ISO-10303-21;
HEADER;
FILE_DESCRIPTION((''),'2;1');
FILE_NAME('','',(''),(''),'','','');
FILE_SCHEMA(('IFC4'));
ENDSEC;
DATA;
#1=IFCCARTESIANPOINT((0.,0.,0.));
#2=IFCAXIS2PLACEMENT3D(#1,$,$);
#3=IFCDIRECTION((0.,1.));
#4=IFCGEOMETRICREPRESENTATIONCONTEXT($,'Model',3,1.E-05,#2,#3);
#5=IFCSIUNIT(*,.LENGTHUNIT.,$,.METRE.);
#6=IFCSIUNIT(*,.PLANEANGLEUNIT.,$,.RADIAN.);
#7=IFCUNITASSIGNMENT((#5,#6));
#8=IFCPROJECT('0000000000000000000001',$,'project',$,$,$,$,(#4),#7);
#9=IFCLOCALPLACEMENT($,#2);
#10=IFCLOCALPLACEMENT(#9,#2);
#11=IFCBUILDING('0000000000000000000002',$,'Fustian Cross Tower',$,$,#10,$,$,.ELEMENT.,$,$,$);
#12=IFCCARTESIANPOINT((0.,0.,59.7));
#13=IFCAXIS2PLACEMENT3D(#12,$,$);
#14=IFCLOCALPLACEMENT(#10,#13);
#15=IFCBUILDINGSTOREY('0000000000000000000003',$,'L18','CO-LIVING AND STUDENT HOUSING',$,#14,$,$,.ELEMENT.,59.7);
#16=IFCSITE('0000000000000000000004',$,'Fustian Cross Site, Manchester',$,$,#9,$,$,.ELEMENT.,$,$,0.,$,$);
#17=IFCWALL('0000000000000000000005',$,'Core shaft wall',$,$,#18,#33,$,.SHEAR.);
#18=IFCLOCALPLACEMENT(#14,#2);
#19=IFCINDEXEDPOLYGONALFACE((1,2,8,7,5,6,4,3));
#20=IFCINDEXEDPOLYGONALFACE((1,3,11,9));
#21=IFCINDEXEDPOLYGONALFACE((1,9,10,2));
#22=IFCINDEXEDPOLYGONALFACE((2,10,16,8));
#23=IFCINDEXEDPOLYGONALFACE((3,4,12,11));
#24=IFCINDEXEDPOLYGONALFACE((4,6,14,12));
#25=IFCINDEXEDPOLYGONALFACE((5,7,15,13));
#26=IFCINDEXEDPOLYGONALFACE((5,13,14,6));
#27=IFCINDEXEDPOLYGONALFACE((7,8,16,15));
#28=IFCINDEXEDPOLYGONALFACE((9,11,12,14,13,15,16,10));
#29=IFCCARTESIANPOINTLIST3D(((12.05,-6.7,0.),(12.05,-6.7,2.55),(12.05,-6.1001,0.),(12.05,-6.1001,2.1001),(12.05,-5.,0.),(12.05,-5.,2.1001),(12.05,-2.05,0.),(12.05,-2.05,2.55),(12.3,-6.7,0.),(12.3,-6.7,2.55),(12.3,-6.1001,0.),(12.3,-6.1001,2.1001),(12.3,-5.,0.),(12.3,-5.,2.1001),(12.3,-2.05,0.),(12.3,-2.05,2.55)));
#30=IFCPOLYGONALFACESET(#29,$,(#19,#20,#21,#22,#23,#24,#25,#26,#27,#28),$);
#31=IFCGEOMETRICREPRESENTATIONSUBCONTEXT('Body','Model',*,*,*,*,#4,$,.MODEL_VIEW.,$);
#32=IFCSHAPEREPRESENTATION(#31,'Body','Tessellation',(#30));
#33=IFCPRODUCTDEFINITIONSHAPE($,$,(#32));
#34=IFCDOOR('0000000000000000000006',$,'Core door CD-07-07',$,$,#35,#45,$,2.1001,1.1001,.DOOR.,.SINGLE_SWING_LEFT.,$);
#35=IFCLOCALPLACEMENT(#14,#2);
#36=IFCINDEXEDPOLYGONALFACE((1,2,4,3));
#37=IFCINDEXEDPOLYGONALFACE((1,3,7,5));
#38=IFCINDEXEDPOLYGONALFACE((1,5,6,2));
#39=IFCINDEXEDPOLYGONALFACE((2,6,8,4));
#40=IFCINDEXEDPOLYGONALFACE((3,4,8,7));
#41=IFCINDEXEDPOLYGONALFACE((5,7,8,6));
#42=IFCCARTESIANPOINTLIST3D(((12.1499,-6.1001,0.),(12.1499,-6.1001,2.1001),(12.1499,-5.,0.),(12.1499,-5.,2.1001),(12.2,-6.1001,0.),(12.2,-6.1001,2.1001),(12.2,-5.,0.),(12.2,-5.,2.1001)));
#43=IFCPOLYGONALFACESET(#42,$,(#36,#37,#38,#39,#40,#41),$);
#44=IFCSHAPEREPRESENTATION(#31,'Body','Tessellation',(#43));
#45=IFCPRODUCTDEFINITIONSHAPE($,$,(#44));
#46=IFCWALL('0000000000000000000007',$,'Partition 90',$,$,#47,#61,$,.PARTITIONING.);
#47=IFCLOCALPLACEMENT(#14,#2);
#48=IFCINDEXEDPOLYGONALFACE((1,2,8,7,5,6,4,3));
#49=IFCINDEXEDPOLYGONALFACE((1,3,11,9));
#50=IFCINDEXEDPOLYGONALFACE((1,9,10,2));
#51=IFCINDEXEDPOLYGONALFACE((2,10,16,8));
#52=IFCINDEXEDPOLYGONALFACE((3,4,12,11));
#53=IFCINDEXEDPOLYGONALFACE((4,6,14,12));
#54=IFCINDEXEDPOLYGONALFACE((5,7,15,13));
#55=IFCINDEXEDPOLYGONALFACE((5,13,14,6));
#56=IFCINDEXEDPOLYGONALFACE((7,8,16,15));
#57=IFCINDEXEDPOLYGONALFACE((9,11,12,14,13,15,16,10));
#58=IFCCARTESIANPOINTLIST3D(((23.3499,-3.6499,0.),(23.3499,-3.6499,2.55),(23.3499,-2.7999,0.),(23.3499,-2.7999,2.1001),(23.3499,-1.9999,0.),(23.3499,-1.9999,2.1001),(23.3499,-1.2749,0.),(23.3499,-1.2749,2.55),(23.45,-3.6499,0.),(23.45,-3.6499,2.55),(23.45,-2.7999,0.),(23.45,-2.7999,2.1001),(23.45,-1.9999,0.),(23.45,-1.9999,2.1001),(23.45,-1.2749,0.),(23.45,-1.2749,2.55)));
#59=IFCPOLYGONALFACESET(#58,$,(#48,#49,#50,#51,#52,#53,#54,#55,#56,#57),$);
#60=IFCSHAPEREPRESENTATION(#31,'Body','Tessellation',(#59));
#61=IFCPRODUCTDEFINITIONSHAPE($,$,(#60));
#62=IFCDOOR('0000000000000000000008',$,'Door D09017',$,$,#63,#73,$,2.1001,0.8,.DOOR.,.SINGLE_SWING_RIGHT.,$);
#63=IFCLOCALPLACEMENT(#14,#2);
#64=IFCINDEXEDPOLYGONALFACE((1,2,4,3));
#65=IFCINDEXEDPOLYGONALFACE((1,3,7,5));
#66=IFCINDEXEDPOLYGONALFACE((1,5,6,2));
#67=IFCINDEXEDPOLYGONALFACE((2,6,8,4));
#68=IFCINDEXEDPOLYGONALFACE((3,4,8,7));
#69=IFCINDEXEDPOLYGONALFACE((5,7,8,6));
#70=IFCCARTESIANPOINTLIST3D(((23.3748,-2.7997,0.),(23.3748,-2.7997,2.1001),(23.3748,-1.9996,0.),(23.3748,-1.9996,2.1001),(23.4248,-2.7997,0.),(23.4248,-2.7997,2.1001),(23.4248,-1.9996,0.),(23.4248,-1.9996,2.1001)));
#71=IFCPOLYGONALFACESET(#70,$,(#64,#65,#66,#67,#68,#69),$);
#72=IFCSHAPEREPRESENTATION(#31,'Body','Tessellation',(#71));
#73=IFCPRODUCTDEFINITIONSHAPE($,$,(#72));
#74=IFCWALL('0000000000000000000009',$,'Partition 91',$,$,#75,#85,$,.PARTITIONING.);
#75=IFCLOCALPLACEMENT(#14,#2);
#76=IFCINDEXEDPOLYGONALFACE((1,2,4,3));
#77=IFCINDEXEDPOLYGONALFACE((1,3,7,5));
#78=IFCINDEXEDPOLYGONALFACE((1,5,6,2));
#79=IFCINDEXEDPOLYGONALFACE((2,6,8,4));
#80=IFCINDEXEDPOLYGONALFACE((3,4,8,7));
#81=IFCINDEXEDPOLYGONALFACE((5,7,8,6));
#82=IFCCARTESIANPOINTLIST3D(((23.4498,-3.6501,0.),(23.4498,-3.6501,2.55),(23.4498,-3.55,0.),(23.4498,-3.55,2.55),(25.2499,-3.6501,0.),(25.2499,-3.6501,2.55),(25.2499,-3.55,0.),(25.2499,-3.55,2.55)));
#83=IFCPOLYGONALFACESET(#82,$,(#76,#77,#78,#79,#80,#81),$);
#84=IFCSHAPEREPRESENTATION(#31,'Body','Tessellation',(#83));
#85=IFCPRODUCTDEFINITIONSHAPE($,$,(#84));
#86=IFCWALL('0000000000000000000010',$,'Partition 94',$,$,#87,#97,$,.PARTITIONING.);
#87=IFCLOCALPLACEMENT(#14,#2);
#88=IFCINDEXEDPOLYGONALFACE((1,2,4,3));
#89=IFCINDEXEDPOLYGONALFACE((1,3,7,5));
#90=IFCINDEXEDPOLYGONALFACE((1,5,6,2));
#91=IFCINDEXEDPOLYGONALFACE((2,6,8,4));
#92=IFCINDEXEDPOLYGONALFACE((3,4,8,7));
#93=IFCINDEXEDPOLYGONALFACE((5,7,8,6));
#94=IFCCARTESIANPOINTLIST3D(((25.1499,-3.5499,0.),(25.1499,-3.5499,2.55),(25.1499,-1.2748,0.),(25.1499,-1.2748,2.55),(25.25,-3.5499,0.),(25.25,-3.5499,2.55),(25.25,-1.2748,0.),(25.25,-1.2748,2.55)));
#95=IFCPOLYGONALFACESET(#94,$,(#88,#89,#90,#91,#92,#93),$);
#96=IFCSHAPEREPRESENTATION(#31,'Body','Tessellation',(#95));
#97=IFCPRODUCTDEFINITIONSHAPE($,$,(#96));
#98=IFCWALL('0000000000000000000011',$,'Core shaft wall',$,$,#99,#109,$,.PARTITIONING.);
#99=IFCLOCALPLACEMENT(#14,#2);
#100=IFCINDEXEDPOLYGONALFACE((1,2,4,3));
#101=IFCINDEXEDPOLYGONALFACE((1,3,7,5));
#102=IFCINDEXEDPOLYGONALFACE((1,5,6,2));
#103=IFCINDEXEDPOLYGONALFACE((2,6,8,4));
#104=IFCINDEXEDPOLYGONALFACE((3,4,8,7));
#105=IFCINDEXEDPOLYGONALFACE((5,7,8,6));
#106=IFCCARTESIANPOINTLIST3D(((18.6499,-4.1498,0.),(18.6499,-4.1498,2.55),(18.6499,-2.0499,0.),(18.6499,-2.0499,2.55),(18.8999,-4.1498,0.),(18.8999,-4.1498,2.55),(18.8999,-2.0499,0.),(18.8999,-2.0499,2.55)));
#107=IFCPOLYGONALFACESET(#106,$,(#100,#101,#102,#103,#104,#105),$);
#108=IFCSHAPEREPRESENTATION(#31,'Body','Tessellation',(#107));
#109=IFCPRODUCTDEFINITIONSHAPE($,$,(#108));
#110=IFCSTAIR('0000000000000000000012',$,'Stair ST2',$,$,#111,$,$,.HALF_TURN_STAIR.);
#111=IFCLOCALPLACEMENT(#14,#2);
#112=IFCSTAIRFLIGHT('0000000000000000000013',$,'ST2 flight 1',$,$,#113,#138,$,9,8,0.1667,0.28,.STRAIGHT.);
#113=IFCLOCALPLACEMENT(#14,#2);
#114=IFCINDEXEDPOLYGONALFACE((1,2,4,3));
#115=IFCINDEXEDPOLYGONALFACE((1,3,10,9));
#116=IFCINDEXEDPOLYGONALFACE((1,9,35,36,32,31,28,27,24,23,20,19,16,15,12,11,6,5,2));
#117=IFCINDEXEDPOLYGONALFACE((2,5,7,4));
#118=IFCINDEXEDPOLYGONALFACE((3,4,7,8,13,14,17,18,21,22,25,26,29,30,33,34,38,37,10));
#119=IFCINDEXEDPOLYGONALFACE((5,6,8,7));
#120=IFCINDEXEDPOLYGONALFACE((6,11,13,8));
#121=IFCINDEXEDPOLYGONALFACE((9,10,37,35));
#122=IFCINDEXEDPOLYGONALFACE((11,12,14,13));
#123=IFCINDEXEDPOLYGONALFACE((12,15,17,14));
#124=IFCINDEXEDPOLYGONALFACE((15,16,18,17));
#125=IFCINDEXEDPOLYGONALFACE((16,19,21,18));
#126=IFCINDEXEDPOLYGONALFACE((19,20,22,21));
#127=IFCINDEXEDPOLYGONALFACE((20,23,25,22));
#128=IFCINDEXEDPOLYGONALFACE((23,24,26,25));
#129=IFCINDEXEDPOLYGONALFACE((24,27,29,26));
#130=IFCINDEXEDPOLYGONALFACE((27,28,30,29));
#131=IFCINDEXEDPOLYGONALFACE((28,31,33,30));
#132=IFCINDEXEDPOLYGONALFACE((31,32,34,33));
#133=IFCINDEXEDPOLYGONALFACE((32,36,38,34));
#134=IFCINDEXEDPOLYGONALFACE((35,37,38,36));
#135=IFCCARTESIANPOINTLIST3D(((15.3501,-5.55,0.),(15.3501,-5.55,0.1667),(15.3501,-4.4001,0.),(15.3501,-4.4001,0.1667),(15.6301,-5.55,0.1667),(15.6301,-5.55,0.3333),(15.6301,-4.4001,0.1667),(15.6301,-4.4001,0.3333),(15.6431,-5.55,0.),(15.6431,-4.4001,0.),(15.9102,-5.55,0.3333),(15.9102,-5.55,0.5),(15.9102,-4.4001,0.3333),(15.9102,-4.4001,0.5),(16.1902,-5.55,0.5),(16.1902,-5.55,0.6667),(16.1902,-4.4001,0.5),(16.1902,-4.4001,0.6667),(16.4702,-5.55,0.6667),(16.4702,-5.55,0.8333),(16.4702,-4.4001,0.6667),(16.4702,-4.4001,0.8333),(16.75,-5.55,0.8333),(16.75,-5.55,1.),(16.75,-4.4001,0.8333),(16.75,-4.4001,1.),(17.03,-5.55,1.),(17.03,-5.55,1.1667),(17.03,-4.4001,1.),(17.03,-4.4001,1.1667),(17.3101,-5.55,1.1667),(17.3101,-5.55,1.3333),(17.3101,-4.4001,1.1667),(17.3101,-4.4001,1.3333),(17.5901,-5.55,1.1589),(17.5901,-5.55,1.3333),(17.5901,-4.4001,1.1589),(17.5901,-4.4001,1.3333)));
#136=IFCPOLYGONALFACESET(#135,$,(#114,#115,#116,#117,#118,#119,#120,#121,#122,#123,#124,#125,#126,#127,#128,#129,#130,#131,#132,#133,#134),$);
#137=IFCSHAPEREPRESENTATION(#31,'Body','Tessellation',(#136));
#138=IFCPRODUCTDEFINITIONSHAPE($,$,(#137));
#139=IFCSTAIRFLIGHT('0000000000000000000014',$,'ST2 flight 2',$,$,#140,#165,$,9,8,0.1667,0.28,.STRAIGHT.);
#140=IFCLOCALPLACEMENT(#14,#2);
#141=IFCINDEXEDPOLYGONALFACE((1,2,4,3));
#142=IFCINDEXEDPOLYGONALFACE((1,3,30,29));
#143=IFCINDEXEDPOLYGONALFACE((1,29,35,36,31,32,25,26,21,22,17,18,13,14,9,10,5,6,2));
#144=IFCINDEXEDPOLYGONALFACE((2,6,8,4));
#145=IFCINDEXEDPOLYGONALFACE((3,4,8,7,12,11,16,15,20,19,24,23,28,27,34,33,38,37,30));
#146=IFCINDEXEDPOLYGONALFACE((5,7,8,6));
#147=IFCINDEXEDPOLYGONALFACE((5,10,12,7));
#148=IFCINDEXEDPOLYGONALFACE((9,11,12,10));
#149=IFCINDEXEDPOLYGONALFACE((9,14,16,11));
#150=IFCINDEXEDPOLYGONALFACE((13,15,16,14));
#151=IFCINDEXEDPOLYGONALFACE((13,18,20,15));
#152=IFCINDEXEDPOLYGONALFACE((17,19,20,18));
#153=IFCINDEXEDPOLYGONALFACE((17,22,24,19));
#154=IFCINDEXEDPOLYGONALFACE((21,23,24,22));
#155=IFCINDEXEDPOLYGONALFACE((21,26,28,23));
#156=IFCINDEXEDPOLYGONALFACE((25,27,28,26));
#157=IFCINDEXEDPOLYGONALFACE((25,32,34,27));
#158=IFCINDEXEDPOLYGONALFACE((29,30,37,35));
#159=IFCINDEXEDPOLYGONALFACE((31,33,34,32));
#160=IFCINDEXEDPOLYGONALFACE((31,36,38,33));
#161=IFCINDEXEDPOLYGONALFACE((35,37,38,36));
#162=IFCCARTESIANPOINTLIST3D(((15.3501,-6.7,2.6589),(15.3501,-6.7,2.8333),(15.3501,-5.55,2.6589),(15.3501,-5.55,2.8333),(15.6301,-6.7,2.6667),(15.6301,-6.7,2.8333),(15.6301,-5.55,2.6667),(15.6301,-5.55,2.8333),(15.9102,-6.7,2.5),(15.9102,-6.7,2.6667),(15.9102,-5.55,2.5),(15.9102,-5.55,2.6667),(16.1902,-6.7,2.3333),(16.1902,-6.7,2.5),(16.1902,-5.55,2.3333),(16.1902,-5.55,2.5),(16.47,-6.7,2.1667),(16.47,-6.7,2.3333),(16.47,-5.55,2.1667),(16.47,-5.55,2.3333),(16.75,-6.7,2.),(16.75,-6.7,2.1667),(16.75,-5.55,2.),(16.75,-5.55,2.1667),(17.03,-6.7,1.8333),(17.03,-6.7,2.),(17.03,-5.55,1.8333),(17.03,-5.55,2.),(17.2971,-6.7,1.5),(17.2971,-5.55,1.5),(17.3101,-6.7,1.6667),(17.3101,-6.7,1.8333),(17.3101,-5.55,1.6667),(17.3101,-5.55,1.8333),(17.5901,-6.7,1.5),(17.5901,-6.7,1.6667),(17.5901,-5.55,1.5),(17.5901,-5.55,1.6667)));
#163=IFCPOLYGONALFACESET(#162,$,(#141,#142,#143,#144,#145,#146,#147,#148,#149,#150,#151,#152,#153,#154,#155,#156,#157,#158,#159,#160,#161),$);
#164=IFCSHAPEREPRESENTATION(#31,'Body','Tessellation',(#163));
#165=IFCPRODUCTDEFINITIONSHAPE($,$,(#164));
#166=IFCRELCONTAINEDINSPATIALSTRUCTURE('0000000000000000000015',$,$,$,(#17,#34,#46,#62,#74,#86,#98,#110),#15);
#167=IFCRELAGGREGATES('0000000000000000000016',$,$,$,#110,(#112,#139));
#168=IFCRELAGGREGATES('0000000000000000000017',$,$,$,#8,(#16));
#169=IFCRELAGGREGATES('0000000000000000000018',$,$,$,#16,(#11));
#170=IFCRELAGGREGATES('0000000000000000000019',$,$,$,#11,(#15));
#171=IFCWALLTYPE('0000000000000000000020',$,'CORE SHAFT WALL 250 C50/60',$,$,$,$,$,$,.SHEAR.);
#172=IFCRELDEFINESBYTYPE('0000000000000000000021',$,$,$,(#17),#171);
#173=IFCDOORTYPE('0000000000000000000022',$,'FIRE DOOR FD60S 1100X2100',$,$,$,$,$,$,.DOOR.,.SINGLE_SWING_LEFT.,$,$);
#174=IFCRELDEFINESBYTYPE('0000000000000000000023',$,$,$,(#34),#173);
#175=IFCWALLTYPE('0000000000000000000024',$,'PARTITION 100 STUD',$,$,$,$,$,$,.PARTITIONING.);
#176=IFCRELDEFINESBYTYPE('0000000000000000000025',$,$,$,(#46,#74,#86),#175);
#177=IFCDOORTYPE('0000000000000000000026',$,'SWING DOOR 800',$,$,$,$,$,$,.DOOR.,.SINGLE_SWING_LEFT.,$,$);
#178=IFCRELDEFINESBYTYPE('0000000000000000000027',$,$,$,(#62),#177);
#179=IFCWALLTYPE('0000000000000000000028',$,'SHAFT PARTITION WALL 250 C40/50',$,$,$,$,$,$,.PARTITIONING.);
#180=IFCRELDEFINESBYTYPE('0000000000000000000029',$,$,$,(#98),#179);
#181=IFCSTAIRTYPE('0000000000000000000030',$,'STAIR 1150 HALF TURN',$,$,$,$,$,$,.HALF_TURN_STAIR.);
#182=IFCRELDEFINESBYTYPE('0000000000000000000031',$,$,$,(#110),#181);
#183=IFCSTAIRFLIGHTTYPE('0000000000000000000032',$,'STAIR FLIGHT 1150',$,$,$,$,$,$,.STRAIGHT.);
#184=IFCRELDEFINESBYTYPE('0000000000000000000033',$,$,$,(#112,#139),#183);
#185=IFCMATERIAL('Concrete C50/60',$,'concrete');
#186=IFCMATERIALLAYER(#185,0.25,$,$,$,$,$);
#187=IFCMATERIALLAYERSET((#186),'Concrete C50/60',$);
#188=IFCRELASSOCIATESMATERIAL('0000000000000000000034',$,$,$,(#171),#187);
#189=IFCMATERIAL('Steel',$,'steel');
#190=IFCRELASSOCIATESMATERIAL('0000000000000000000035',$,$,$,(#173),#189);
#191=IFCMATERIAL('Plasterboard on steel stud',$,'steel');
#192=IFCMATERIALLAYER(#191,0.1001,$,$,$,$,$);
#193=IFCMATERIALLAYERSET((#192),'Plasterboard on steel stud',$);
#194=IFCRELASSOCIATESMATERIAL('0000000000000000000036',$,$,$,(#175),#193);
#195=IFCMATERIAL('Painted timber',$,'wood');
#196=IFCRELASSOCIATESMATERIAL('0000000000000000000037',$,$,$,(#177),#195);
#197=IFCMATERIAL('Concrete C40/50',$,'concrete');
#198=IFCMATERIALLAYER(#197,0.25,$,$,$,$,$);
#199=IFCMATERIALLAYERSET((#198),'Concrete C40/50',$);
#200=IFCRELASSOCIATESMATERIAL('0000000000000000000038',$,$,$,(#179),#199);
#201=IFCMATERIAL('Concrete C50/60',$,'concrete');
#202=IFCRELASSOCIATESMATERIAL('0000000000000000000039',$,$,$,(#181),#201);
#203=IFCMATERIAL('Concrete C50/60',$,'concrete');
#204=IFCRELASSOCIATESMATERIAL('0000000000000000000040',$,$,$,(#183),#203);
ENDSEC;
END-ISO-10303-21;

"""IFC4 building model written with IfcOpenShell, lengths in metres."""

from ifc_helpers import new_model, si_unit, direction, frame, frame_2d, origin, place, context, subcontext, project, spatial, polyline, rectangle, outline, extrude, material, layer, layer_set, type_object, element, fill, aggregate, save


model = new_model("IFC4")

# Units and contexts
model_context = context("Model", 3, precision=1e-05, world=origin(), true_north=direction((0.0, 1.0)))
body_context = subcontext(model_context, "Body", "Model", "MODEL_VIEW")
ifc_project = project(units=[si_unit("LENGTHUNIT", "METRE"), si_unit("PLANEANGLEUNIT", "RADIAN")], contexts=[model_context])

# Site, building, storey
site_placement = place(None, origin())
site = spatial("IfcSite", under=ifc_project, at=site_placement, Name="Fustian Cross Site, Manchester", CompositionType="ELEMENT", RefElevation=0.0)
building_placement = place(site_placement, origin())
building = spatial("IfcBuilding", under=site, at=building_placement, Name="Fustian Cross Tower", CompositionType="ELEMENT")
storey_placement = place(building_placement, frame((0.0, 0.0, 59.7)))
storey = spatial("IfcBuildingStorey", under=building, at=storey_placement, Name="L18", Description="CO-LIVING AND STUDENT HOUSING", CompositionType="ELEMENT", Elevation=59.7)

# Shared definitions
ifc_material_1 = material(Name="Concrete C50/60", Category="concrete")
ifc_layer_1 = layer(ifc_material_1, 0.25)
ifc_layer_set_1 = layer_set([ifc_layer_1], Name="Concrete C50/60")
wall_type_1 = type_object("IfcWallType", Name="CORE SHAFT WALL 250 C50/60", PredefinedType="SHEAR", material=ifc_layer_set_1)

# Walls, openings, doors
wall_1_placement = place(storey_placement, frame((12.175, -2.05, 0.0), z_axis=(0.0, 0.0, 1.0), x_axis=(0.0, -1.0, 0.0)))
wall_1 = element("IfcWall", 1, at=wall_1_placement, inside=storey, type_object=wall_type_1, Name="Core shaft wall", PredefinedType="SHEAR", context=body_context, shape_type="SweptSolid", body=[
    extrude(rectangle(XDim=4.6499, YDim=0.25, at=frame_2d((2.325, 0.0))), origin(), (0.0, 0.0, 1.0), 2.55),
])
opening_1_placement = place(wall_1_placement, frame((2.95, 0.0, 0.0)))
opening_1 = element("IfcOpeningElement", 2, at=opening_1_placement, cuts=wall_1, PredefinedType="OPENING", context=body_context, shape_type="SweptSolid", body=[
    extrude(rectangle(XDim=1.1001, YDim=2.1001, at=frame_2d((0.55, 1.05))), frame((0.0, 0.135, 0.0), z_axis=(0.0, -1.0, 0.0), x_axis=(1.0, 0.0, 0.0)), (0.0, 0.0, 1.0), 0.27),
])
ifc_material_2 = material(Name="Steel", Category="steel")
door_type_1 = type_object("IfcDoorType", Name="FIRE DOOR FD60S 1100X2100", OperationType="SINGLE_SWING_LEFT", PredefinedType="DOOR", material=ifc_material_2)
door_1_placement = place(opening_1_placement, origin())
door_1 = element("IfcDoor", 3, at=door_1_placement, inside=storey, type_object=door_type_1, Name="Core door CD-07-07", OperationType="SINGLE_SWING_LEFT", OverallHeight=2.1001, OverallWidth=1.1001, PredefinedType="DOOR", context=body_context, shape_type="SweptSolid", body=[
    extrude(rectangle(XDim=1.1001, YDim=2.1001, at=frame_2d((0.55, 1.05))), frame((0.0, 0.0249, 0.0), z_axis=(0.0, -1.0, 0.0), x_axis=(1.0, 0.0, 0.0)), (0.0, 0.0, 1.0), 0.05),
])
fill(opening_1, door_1)
ifc_material_3 = material(Name="Plasterboard on steel stud", Category="steel")
ifc_layer_2 = layer(ifc_material_3, 0.1001)
ifc_layer_set_2 = layer_set([ifc_layer_2], Name="Plasterboard on steel stud")
wall_type_2 = type_object("IfcWallType", Name="PARTITION 100 STUD", PredefinedType="PARTITIONING", material=ifc_layer_set_2)
wall_2_placement = place(storey_placement, frame((23.3999, -3.6499, 0.0), z_axis=(0.0, 0.0, 1.0), x_axis=(0.0, 1.0, 0.0)))
wall_2 = element("IfcWall", 4, at=wall_2_placement, inside=storey, type_object=wall_type_2, Name="Partition 90", PredefinedType="PARTITIONING", context=body_context, shape_type="SweptSolid", body=[
    extrude(rectangle(XDim=2.375, YDim=0.1001, at=frame_2d((1.1875, 0.0))), origin(), (0.0, 0.0, 1.0), 2.55),
])
opening_2_placement = place(wall_2_placement, frame((0.8501, 0.0, 0.0)))
opening_2 = element("IfcOpeningElement", 5, at=opening_2_placement, cuts=wall_2, PredefinedType="OPENING", context=body_context, shape_type="SweptSolid", body=[
    extrude(rectangle(XDim=0.8, YDim=2.1001, at=frame_2d((0.3999, 1.05))), frame((0.0, 0.0601, 0.0), z_axis=(0.0, -1.0, 0.0), x_axis=(1.0, 0.0, 0.0)), (0.0, 0.0, 1.0), 0.1201),
])
ifc_material_4 = material(Name="Painted timber", Category="wood")
door_type_2 = type_object("IfcDoorType", Name="SWING DOOR 800", OperationType="SINGLE_SWING_LEFT", PredefinedType="DOOR", material=ifc_material_4)
door_2_placement = place(opening_2_placement, frame((0.8, 0.0, 0.0), z_axis=(0.0, 0.0, 1.0), x_axis=(-1.0, 0.0, 0.0)))
door_2 = element("IfcDoor", 6, at=door_2_placement, inside=storey, type_object=door_type_2, Name="Door D09017", OperationType="SINGLE_SWING_RIGHT", OverallHeight=2.1001, OverallWidth=0.8, PredefinedType="DOOR", context=body_context, shape_type="SweptSolid", body=[
    extrude(rectangle(XDim=0.8, YDim=2.1001, at=frame_2d((0.3999, 1.05))), frame((0.0, 0.0249, 0.0), z_axis=(0.0, -1.0, 0.0), x_axis=(1.0, 0.0, 0.0)), (0.0, 0.0, 1.0), 0.05),
])
fill(opening_2, door_2)

# Walls
wall_3_placement = place(storey_placement, frame((23.45, -3.6001, 0.0), z_axis=(0.0, 0.0, 1.0), x_axis=(1.0, 0.0, 0.0)))
element("IfcWall", 7, at=wall_3_placement, inside=storey, type_object=wall_type_2, Name="Partition 91", PredefinedType="PARTITIONING", context=body_context, shape_type="SweptSolid", body=[
    extrude(rectangle(XDim=1.8, YDim=0.1001, at=frame_2d((0.8999, 0.0))), origin(), (0.0, 0.0, 1.0), 2.55),
])
wall_4_placement = place(storey_placement, frame((25.2, -3.55, 0.0), z_axis=(0.0, 0.0, 1.0), x_axis=(0.0, 1.0, 0.0)))
element("IfcWall", 8, at=wall_4_placement, inside=storey, type_object=wall_type_2, Name="Partition 94", PredefinedType="PARTITIONING", context=body_context, shape_type="SweptSolid", body=[
    extrude(rectangle(XDim=2.2751, YDim=0.1001, at=frame_2d((1.1377, 0.0))), origin(), (0.0, 0.0, 1.0), 2.55),
])
ifc_material_5 = material(Name="Concrete C40/50", Category="concrete")
ifc_layer_3 = layer(ifc_material_5, 0.25)
ifc_layer_set_3 = layer_set([ifc_layer_3], Name="Concrete C40/50")
wall_type_3 = type_object("IfcWallType", Name="SHAFT PARTITION WALL 250 C40/50", PredefinedType="PARTITIONING", material=ifc_layer_set_3)
wall_5_placement = place(storey_placement, frame((18.7749, -2.05, 0.0), z_axis=(0.0, 0.0, 1.0), x_axis=(0.0, -1.0, 0.0)))
element("IfcWall", 9, at=wall_5_placement, inside=storey, type_object=wall_type_3, Name="Core shaft wall", PredefinedType="PARTITIONING", context=body_context, shape_type="SweptSolid", body=[
    extrude(rectangle(XDim=2.0999, YDim=0.25, at=frame_2d((1.0498, 0.0))), origin(), (0.0, 0.0, 1.0), 2.55),
])

# Stair, stair flights
ifc_material_6 = material(Name="Concrete C50/60", Category="concrete")
stair_type = type_object("IfcStairType", Name="STAIR 1150 HALF TURN", PredefinedType="HALF_TURN_STAIR", material=ifc_material_6)
stair_placement = place(storey_placement, origin())
stair = element("IfcStair", 10, at=stair_placement, inside=storey, type_object=stair_type, Name="Stair ST2", PredefinedType="HALF_TURN_STAIR")
ifc_material_7 = material(Name="Concrete C50/60", Category="concrete")
stair_flight_type = type_object("IfcStairFlightType", Name="STAIR FLIGHT 1150", PredefinedType="STRAIGHT", material=ifc_material_7)
stair_flight_1_placement = place(storey_placement, frame((15.3501, -4.9751, 0.0), z_axis=(0.0, 0.0, 1.0), x_axis=(1.0, 0.0, 0.0)))
stair_flight_1 = element("IfcStairFlight", 11, at=stair_flight_1_placement, type_object=stair_flight_type, Name="ST2 flight 1", NumberOfRisers=9, NumberOfTreads=8, PredefinedType="STRAIGHT", RiserHeight=0.1667, TreadLength=0.28, context=body_context, shape_type="SweptSolid", body=[
    extrude(outline(polyline([(0.0, 0.0), (0.0, 0.1667), (0.28, 0.1667), (0.28, 0.3333), (0.5601, 0.3333), (0.5601, 0.5), (0.8401, 0.5), (0.8401, 0.6667), (1.1201, 0.6667), (1.1201, 0.8333), (1.3999, 0.8333), (1.3999, 1.0), (1.6799, 1.0), (1.6799, 1.1667), (1.96, 1.1667), (1.96, 1.3333), (2.24, 1.3333), (2.24, 1.5), (2.24, 1.1589), (0.293, 0.0), (0.0, 0.0)])), frame((0.0, 0.575, 0.0), z_axis=(0.0, -1.0, 0.0), x_axis=(1.0, 0.0, 0.0)), (0.0, 0.0, 1.0), 1.1499),
])
stair_flight_2_placement = place(storey_placement, frame((17.5901, -6.125, 1.5), z_axis=(0.0, 0.0, 1.0), x_axis=(-1.0, 0.0, 0.0)))
stair_flight_2 = element("IfcStairFlight", 12, at=stair_flight_2_placement, type_object=stair_flight_type, Name="ST2 flight 2", NumberOfRisers=9, NumberOfTreads=8, PredefinedType="STRAIGHT", RiserHeight=0.1667, TreadLength=0.28, context=body_context, shape_type="SweptSolid", body=[
    extrude(outline(polyline([(0.0, 0.0), (0.0, 0.1667), (0.28, 0.1667), (0.28, 0.3333), (0.5601, 0.3333), (0.5601, 0.5), (0.8401, 0.5), (0.8401, 0.6667), (1.1201, 0.6667), (1.1201, 0.8333), (1.3999, 0.8333), (1.3999, 1.0), (1.6799, 1.0), (1.6799, 1.1667), (1.96, 1.1667), (1.96, 1.3333), (2.24, 1.3333), (2.24, 1.5), (2.24, 1.1589), (0.293, 0.0), (0.0, 0.0)])), frame((0.0, 0.575, 0.0), z_axis=(0.0, -1.0, 0.0), x_axis=(1.0, 0.0, 0.0)), (0.0, 0.0, 1.0), 1.1499),
])
aggregate(stair, [stair_flight_1, stair_flight_2])

save(model, "model.ifc")
